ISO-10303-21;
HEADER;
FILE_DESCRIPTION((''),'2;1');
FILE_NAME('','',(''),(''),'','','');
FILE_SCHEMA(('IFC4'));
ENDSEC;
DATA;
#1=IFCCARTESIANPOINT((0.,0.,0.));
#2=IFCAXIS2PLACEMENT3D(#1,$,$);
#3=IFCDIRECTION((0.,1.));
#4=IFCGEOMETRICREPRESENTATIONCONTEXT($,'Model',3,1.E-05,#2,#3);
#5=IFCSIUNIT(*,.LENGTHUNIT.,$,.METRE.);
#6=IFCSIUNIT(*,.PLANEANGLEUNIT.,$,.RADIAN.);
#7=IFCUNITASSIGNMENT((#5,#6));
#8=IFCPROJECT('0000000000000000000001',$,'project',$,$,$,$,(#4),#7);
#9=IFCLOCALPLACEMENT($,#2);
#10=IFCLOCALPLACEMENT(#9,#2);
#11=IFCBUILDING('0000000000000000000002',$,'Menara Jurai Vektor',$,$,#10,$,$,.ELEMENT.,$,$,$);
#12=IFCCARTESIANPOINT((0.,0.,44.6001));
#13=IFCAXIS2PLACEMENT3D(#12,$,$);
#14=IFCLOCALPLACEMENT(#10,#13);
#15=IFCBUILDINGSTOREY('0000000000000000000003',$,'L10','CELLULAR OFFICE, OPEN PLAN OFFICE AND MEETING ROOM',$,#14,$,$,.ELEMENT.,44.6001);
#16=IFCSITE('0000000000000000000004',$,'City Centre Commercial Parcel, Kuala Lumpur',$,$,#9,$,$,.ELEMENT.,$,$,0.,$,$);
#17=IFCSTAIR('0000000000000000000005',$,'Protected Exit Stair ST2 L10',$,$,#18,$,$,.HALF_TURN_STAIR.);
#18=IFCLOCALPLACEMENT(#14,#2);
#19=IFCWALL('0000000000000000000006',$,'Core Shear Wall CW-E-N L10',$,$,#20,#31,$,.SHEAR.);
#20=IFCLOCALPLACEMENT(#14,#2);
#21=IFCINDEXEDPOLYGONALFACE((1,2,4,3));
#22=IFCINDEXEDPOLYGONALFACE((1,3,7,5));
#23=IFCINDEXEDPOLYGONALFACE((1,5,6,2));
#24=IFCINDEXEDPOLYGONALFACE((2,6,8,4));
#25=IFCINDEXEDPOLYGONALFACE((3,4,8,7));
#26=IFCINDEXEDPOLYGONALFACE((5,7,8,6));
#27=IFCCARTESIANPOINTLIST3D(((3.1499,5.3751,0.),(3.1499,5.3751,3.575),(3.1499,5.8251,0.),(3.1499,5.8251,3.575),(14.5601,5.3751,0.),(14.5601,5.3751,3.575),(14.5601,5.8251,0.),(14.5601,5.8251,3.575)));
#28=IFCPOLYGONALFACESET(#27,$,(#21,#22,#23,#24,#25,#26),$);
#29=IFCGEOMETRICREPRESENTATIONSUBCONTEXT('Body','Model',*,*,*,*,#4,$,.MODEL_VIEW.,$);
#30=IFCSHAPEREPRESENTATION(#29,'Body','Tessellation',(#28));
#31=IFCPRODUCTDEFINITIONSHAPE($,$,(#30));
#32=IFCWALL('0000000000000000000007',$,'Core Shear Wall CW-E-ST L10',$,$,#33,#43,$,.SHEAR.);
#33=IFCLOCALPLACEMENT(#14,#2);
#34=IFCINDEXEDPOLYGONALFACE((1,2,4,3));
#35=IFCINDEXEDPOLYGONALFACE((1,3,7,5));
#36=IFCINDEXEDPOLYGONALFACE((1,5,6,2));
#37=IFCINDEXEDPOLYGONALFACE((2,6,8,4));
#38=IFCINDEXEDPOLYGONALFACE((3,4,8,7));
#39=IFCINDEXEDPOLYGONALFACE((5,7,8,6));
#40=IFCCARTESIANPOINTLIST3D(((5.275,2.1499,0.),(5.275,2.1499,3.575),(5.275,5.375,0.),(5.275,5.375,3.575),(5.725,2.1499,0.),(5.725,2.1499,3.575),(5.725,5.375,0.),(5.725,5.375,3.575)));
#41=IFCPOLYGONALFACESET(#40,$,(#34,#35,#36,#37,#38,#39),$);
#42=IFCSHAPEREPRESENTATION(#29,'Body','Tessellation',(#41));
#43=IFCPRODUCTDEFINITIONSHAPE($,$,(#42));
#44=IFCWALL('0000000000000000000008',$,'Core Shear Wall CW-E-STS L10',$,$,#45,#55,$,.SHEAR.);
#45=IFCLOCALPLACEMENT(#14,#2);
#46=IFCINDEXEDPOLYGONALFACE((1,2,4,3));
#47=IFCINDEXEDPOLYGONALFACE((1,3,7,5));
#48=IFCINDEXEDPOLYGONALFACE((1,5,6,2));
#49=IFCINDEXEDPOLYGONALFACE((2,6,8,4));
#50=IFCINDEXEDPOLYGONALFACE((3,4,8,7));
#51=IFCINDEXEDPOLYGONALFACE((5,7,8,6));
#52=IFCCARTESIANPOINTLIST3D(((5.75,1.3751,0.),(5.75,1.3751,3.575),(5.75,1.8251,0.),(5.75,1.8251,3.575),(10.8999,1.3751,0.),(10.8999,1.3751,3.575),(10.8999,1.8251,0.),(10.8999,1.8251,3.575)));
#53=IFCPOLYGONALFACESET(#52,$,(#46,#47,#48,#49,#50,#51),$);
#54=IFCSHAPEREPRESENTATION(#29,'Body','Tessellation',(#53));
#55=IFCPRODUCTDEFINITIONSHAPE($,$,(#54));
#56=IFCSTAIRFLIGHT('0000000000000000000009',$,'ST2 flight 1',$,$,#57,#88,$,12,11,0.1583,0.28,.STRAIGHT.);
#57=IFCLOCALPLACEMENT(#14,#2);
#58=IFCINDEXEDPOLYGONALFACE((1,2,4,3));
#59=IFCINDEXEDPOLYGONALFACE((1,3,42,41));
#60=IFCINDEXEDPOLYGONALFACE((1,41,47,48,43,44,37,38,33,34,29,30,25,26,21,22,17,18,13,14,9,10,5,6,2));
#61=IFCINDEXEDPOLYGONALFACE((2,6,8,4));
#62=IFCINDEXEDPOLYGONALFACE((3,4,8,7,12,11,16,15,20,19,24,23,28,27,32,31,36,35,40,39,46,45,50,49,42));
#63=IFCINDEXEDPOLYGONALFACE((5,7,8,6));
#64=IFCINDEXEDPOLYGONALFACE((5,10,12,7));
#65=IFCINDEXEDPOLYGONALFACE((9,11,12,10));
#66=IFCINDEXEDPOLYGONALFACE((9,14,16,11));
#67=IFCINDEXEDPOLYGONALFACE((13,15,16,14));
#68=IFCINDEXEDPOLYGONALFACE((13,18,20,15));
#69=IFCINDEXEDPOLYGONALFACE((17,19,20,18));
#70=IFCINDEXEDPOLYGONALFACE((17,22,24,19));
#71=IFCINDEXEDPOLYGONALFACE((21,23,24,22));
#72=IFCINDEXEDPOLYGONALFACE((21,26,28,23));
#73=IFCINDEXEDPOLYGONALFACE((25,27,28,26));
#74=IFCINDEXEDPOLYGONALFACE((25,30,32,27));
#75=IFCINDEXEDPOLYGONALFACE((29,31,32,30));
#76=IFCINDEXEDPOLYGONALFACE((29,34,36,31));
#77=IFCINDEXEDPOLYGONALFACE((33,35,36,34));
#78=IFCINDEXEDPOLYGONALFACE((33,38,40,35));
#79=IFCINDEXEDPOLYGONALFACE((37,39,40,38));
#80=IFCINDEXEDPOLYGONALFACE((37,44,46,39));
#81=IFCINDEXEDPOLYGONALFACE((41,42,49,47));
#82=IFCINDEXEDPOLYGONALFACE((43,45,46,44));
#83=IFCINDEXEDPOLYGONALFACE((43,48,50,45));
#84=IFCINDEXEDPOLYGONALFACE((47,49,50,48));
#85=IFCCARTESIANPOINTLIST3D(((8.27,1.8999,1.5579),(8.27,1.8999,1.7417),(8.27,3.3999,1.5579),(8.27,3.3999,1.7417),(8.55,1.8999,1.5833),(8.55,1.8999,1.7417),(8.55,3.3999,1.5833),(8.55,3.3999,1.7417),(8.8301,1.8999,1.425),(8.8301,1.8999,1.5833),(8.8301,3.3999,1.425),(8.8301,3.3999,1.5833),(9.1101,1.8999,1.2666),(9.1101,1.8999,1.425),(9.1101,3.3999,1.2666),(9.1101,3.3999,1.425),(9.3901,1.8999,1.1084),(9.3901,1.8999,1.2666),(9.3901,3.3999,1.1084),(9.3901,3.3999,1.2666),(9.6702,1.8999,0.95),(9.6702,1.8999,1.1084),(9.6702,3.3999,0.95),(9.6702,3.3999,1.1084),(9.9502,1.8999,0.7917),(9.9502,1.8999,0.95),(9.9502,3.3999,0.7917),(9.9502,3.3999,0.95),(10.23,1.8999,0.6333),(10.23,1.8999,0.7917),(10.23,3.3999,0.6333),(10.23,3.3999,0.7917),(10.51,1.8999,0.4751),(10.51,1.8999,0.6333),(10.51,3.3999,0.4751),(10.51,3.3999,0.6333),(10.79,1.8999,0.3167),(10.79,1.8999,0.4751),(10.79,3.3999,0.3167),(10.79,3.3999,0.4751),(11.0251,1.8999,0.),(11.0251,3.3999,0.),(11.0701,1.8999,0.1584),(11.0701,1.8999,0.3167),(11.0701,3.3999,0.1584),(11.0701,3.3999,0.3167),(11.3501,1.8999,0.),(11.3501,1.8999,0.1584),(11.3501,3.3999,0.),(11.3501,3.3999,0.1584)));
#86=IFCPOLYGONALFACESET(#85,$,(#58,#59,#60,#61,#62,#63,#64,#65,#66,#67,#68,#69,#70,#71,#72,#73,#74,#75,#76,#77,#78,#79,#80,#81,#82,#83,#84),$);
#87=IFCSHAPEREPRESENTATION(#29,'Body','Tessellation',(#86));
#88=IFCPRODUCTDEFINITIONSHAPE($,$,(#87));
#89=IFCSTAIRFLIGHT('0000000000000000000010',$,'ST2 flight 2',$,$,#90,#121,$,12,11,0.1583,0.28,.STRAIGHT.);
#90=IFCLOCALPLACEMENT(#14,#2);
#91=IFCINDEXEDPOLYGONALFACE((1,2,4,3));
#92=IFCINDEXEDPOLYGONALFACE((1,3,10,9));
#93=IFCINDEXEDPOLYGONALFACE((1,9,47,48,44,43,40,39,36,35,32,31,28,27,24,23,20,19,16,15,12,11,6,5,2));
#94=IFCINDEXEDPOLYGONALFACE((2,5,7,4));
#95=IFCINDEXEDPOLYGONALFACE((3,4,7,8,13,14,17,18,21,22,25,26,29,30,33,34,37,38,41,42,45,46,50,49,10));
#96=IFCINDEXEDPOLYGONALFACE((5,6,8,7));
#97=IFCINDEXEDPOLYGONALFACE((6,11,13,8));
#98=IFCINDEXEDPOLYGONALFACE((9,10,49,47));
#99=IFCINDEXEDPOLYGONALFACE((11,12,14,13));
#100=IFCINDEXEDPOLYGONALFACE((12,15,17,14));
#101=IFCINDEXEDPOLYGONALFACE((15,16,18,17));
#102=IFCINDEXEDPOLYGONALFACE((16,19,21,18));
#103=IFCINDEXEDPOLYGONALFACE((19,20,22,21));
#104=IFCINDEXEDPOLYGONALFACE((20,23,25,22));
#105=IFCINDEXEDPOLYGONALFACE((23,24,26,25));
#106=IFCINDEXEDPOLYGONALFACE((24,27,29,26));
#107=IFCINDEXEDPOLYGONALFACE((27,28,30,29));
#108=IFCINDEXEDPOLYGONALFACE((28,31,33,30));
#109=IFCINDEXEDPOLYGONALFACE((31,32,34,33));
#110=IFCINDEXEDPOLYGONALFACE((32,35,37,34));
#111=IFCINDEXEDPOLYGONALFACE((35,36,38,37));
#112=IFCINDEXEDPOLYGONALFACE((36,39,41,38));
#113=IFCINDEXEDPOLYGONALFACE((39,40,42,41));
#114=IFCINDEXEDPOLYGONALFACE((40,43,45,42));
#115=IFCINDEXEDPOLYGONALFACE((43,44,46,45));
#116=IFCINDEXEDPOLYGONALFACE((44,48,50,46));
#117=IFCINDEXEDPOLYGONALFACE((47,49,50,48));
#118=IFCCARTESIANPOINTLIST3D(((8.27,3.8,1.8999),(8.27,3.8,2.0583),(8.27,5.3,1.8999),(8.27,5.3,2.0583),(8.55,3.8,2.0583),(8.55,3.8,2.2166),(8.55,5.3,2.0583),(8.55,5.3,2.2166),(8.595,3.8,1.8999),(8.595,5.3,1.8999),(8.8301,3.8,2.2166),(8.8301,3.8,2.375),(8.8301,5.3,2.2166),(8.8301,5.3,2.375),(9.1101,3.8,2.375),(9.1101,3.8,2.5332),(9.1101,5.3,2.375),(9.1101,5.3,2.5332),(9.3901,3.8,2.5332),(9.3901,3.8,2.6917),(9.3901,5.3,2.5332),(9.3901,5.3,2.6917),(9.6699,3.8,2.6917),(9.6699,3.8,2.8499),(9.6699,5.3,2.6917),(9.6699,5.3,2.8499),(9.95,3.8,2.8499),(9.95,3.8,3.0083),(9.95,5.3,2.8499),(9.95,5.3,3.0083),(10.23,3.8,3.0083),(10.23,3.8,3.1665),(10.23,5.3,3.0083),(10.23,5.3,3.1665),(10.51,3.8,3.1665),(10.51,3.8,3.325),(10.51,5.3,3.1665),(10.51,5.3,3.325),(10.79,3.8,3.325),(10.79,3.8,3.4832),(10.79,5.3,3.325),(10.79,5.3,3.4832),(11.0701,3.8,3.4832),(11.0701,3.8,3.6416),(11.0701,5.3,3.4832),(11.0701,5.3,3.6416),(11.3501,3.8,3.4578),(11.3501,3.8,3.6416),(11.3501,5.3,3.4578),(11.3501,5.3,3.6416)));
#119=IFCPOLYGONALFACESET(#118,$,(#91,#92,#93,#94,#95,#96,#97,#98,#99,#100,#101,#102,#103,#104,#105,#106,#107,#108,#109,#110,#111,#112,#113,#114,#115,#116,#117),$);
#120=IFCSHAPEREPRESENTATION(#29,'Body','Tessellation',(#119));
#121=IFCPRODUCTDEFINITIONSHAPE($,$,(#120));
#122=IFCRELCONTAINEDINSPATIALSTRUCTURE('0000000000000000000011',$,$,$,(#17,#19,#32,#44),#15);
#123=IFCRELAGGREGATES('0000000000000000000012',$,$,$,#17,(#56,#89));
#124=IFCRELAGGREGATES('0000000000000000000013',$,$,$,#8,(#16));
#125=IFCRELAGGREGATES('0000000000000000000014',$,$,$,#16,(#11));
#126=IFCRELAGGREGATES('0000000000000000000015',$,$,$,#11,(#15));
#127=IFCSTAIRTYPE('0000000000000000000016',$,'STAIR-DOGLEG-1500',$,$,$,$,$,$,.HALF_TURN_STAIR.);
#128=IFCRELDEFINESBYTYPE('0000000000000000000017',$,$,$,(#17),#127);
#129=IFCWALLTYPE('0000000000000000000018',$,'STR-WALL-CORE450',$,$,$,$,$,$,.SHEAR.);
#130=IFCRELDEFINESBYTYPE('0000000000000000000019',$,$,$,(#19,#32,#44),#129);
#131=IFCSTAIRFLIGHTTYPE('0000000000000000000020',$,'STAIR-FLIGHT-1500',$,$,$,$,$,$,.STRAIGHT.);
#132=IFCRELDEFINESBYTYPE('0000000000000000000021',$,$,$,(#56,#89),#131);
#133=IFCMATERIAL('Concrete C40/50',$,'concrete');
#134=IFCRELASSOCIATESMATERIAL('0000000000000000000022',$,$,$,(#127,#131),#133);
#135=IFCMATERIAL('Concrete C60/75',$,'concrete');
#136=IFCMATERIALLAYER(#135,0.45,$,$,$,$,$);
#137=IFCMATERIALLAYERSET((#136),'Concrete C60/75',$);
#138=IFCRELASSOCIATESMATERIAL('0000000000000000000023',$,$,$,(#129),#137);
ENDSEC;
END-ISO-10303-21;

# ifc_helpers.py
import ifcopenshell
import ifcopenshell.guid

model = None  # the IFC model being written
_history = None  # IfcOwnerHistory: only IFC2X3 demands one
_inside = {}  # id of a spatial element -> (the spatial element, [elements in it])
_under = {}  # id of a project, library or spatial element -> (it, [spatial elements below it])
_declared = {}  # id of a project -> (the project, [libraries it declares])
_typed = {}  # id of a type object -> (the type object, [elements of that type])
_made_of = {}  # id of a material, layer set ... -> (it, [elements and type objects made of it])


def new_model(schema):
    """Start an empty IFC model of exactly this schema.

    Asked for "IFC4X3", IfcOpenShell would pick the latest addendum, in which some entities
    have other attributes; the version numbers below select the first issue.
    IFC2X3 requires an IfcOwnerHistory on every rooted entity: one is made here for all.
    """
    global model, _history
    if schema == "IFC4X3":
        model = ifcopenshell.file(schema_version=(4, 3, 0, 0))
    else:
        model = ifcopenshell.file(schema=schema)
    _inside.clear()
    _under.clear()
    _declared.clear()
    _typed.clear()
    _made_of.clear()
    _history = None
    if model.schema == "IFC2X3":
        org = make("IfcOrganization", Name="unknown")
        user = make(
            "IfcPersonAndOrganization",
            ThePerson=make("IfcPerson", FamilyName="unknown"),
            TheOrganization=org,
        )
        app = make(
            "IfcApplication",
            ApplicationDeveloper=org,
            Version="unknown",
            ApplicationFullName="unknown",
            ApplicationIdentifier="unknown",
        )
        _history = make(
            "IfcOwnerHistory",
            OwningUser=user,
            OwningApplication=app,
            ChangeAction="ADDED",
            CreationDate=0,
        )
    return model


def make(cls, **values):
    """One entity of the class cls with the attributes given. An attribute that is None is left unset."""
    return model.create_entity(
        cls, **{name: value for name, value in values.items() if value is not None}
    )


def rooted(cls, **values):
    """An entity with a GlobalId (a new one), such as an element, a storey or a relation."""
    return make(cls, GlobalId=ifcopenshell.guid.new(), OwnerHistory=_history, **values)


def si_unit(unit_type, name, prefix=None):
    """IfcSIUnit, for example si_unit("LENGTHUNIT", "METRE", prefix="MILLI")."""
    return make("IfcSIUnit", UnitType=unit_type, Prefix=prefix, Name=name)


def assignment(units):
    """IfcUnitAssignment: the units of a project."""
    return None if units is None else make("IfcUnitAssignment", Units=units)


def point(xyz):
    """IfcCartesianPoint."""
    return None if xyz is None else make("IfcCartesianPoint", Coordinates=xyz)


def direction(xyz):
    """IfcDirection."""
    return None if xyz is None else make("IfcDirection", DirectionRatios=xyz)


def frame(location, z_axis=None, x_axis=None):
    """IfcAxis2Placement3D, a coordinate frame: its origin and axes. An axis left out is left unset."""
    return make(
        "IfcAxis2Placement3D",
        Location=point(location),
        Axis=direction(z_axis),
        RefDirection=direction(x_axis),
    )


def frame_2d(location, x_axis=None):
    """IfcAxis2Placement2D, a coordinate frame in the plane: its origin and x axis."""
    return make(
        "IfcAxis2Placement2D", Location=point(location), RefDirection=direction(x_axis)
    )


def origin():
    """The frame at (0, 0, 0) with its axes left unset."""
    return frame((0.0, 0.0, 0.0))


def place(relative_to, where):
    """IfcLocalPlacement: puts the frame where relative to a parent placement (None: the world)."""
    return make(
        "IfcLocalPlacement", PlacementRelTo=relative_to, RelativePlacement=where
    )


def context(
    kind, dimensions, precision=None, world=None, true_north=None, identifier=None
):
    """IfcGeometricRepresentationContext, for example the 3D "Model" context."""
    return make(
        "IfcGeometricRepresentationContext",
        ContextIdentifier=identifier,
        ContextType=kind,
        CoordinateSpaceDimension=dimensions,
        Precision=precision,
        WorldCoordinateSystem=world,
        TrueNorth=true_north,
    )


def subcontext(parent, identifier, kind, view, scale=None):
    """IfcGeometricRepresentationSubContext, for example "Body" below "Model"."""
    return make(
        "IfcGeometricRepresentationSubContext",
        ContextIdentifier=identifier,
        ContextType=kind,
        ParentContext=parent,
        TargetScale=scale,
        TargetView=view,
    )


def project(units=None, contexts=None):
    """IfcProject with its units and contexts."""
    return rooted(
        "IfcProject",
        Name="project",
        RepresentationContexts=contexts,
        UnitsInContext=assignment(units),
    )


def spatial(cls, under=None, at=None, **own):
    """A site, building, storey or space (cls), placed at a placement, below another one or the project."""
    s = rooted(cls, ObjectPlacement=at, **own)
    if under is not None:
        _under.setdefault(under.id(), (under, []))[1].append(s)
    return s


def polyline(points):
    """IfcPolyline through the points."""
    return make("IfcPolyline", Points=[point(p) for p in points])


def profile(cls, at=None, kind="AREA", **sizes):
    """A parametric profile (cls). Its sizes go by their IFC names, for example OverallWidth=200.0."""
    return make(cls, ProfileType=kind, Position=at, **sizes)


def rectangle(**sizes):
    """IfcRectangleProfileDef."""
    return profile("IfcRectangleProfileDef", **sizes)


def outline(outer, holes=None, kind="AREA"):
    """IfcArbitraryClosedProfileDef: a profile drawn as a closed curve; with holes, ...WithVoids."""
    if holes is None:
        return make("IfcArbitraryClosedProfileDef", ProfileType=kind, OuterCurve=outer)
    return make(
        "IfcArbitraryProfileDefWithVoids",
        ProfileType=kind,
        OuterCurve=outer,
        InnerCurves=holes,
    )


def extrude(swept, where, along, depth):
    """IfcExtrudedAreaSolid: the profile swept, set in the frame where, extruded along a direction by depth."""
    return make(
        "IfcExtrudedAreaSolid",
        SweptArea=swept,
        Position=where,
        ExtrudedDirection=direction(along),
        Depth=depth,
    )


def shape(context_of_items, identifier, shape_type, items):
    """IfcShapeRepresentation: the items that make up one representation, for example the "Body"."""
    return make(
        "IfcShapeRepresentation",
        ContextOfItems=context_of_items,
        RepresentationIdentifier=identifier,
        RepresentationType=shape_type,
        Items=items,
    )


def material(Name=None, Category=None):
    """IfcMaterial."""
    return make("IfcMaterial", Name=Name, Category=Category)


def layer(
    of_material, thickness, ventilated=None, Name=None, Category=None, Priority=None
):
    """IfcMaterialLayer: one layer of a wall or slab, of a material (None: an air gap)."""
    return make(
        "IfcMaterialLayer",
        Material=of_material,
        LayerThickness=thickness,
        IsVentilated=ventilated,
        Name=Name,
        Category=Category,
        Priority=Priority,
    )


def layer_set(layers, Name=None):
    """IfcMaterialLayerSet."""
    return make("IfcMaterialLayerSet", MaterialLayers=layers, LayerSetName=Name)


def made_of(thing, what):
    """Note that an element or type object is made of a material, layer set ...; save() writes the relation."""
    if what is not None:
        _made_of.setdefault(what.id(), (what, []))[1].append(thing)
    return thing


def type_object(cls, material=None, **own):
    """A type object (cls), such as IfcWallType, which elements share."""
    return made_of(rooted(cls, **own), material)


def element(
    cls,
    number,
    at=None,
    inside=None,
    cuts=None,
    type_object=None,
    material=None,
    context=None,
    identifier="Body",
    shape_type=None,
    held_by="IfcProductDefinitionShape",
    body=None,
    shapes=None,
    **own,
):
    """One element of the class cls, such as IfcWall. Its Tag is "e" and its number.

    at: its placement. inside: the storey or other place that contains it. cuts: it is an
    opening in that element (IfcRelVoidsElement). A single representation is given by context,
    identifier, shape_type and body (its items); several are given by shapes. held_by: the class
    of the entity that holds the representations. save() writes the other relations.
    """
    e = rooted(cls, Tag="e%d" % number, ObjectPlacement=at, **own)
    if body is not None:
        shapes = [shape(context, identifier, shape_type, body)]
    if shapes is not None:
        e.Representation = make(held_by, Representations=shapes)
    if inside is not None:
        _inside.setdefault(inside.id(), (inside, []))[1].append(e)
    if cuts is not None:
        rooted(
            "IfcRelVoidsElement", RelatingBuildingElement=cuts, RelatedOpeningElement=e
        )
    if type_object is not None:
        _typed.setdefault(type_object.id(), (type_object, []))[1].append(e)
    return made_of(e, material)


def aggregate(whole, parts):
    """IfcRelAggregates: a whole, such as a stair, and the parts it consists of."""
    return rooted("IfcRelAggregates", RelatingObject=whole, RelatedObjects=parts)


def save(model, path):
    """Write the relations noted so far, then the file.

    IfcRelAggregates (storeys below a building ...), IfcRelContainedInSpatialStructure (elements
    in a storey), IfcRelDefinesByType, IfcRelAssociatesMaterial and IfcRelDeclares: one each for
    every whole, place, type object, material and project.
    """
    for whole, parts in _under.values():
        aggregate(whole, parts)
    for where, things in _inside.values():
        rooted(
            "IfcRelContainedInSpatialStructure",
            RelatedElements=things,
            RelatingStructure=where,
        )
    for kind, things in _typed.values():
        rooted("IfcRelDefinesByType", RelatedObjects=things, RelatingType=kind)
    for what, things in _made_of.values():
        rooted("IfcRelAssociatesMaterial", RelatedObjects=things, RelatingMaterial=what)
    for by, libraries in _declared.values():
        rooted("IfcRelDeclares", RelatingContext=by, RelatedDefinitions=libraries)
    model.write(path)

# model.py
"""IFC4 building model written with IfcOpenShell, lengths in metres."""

from ifc_helpers import new_model, si_unit, direction, frame, frame_2d, origin, place, context, subcontext, project, spatial, polyline, rectangle, outline, extrude, material, layer, layer_set, type_object, element, aggregate, save


model = new_model("IFC4")

# Units and contexts
model_context = context("Model", 3, precision=1e-05, world=origin(), true_north=direction((0.0, 1.0)))
body_context = subcontext(model_context, "Body", "Model", "MODEL_VIEW")
ifc_project = project(units=[si_unit("LENGTHUNIT", "METRE"), si_unit("PLANEANGLEUNIT", "RADIAN")], contexts=[model_context])

# Site, building, storey
site_placement = place(None, origin())
site = spatial("IfcSite", under=ifc_project, at=site_placement, Name="City Centre Commercial Parcel, Kuala Lumpur", CompositionType="ELEMENT", RefElevation=0.0)
building_placement = place(site_placement, origin())
building = spatial("IfcBuilding", under=site, at=building_placement, Name="Menara Jurai Vektor", CompositionType="ELEMENT")
storey_placement = place(building_placement, frame((0.0, 0.0, 44.6001)))
storey = spatial("IfcBuildingStorey", under=building, at=storey_placement, Name="L10", Description="CELLULAR OFFICE, OPEN PLAN OFFICE AND MEETING ROOM", CompositionType="ELEMENT", Elevation=44.6001)

# Shared definitions
ifc_material_1 = material(Name="Concrete C60/75", Category="concrete")

# Stair
ifc_material_2 = material(Name="Concrete C40/50", Category="concrete")
stair_type = type_object("IfcStairType", Name="STAIR-DOGLEG-1500", PredefinedType="HALF_TURN_STAIR", material=ifc_material_2)
stair_placement = place(storey_placement, origin())
stair = element("IfcStair", 1, at=stair_placement, inside=storey, type_object=stair_type, Name="Protected Exit Stair ST2 L10", PredefinedType="HALF_TURN_STAIR")

# Walls
ifc_layer_1 = layer(ifc_material_1, 0.45)
ifc_layer_set_1 = layer_set([ifc_layer_1], Name="Concrete C60/75")
wall_type_1 = type_object("IfcWallType", Name="STR-WALL-CORE450", PredefinedType="SHEAR", material=ifc_layer_set_1)
wall_1_placement = place(storey_placement, frame((3.1499, 5.6001, 0.0), z_axis=(0.0, 0.0, 1.0), x_axis=(1.0, 0.0, 0.0)))
element("IfcWall", 2, at=wall_1_placement, inside=storey, type_object=wall_type_1, Name="Core Shear Wall CW-E-N L10", PredefinedType="SHEAR", context=body_context, shape_type="SweptSolid", body=[
    extrude(rectangle(XDim=11.4102, YDim=0.45, at=frame_2d((5.7051, 0.0))), origin(), (0.0, 0.0, 1.0), 3.575),
])
wall_2_placement = place(storey_placement, frame((5.5, 2.1499, 0.0), z_axis=(0.0, 0.0, 1.0), x_axis=(0.0, 1.0, 0.0)))
element("IfcWall", 3, at=wall_2_placement, inside=storey, type_object=wall_type_1, Name="Core Shear Wall CW-E-ST L10", PredefinedType="SHEAR", context=body_context, shape_type="SweptSolid", body=[
    extrude(rectangle(XDim=3.2251, YDim=0.45, at=frame_2d((1.6125, 0.0))), origin(), (0.0, 0.0, 1.0), 3.575),
])
wall_3_placement = place(storey_placement, frame((5.75, 1.6001, 0.0), z_axis=(0.0, 0.0, 1.0), x_axis=(1.0, 0.0, 0.0)))
element("IfcWall", 4, at=wall_3_placement, inside=storey, type_object=wall_type_1, Name="Core Shear Wall CW-E-STS L10", PredefinedType="SHEAR", context=body_context, shape_type="SweptSolid", body=[
    extrude(rectangle(XDim=5.1499, YDim=0.45, at=frame_2d((2.575, 0.0))), origin(), (0.0, 0.0, 1.0), 3.575),
])

# Stair flights
stair_flight_type = type_object("IfcStairFlightType", Name="STAIR-FLIGHT-1500", PredefinedType="STRAIGHT", material=ifc_material_2)
stair_flight_1_placement = place(storey_placement, frame((11.3501, 2.6499, 0.0), z_axis=(0.0, 0.0, 1.0), x_axis=(-1.0, 0.0, 0.0)))
stair_flight_1 = element("IfcStairFlight", 5, at=stair_flight_1_placement, type_object=stair_flight_type, Name="ST2 flight 1", NumberOfRisers=12, NumberOfTreads=11, PredefinedType="STRAIGHT", RiserHeight=0.1583, TreadLength=0.28, context=body_context, shape_type="SweptSolid", body=[
    extrude(outline(polyline([(0.0, 0.0), (0.0, 0.1584), (0.28, 0.1584), (0.28, 0.3167), (0.5601, 0.3167), (0.5601, 0.4751), (0.8401, 0.4751), (0.8401, 0.6333), (1.1201, 0.6333), (1.1201, 0.7917), (1.3999, 0.7917), (1.3999, 0.95), (1.6799, 0.95), (1.6799, 1.1084), (1.96, 1.1084), (1.96, 1.2666), (2.24, 1.2666), (2.24, 1.425), (2.52, 1.425), (2.52, 1.5833), (2.8, 1.5833), (2.8, 1.7417), (3.0801, 1.7417), (3.0801, 1.8999), (3.0801, 1.5579), (0.325, 0.0), (0.0, 0.0)])), frame((0.0, 0.75, 0.0), z_axis=(0.0, -1.0, 0.0), x_axis=(1.0, 0.0, 0.0)), (0.0, 0.0, 1.0), 1.5),
])
stair_flight_2_placement = place(storey_placement, frame((8.27, 4.55, 1.8999), z_axis=(0.0, 0.0, 1.0), x_axis=(1.0, 0.0, 0.0)))
stair_flight_2 = element("IfcStairFlight", 6, at=stair_flight_2_placement, type_object=stair_flight_type, Name="ST2 flight 2", NumberOfRisers=12, NumberOfTreads=11, PredefinedType="STRAIGHT", RiserHeight=0.1583, TreadLength=0.28, context=body_context, shape_type="SweptSolid", body=[
    extrude(outline(polyline([(0.0, 0.0), (0.0, 0.1584), (0.28, 0.1584), (0.28, 0.3167), (0.5601, 0.3167), (0.5601, 0.4751), (0.8401, 0.4751), (0.8401, 0.6333), (1.1201, 0.6333), (1.1201, 0.7917), (1.3999, 0.7917), (1.3999, 0.95), (1.6799, 0.95), (1.6799, 1.1084), (1.96, 1.1084), (1.96, 1.2666), (2.24, 1.2666), (2.24, 1.425), (2.52, 1.425), (2.52, 1.5833), (2.8, 1.5833), (2.8, 1.7417), (3.0801, 1.7417), (3.0801, 1.8999), (3.0801, 1.5579), (0.325, 0.0), (0.0, 0.0)])), frame((0.0, 0.75, 0.0), z_axis=(0.0, -1.0, 0.0), x_axis=(1.0, 0.0, 0.0)), (0.0, 0.0, 1.0), 1.5),
])
aggregate(stair, [stair_flight_1, stair_flight_2])

save(model, "model.ifc")
